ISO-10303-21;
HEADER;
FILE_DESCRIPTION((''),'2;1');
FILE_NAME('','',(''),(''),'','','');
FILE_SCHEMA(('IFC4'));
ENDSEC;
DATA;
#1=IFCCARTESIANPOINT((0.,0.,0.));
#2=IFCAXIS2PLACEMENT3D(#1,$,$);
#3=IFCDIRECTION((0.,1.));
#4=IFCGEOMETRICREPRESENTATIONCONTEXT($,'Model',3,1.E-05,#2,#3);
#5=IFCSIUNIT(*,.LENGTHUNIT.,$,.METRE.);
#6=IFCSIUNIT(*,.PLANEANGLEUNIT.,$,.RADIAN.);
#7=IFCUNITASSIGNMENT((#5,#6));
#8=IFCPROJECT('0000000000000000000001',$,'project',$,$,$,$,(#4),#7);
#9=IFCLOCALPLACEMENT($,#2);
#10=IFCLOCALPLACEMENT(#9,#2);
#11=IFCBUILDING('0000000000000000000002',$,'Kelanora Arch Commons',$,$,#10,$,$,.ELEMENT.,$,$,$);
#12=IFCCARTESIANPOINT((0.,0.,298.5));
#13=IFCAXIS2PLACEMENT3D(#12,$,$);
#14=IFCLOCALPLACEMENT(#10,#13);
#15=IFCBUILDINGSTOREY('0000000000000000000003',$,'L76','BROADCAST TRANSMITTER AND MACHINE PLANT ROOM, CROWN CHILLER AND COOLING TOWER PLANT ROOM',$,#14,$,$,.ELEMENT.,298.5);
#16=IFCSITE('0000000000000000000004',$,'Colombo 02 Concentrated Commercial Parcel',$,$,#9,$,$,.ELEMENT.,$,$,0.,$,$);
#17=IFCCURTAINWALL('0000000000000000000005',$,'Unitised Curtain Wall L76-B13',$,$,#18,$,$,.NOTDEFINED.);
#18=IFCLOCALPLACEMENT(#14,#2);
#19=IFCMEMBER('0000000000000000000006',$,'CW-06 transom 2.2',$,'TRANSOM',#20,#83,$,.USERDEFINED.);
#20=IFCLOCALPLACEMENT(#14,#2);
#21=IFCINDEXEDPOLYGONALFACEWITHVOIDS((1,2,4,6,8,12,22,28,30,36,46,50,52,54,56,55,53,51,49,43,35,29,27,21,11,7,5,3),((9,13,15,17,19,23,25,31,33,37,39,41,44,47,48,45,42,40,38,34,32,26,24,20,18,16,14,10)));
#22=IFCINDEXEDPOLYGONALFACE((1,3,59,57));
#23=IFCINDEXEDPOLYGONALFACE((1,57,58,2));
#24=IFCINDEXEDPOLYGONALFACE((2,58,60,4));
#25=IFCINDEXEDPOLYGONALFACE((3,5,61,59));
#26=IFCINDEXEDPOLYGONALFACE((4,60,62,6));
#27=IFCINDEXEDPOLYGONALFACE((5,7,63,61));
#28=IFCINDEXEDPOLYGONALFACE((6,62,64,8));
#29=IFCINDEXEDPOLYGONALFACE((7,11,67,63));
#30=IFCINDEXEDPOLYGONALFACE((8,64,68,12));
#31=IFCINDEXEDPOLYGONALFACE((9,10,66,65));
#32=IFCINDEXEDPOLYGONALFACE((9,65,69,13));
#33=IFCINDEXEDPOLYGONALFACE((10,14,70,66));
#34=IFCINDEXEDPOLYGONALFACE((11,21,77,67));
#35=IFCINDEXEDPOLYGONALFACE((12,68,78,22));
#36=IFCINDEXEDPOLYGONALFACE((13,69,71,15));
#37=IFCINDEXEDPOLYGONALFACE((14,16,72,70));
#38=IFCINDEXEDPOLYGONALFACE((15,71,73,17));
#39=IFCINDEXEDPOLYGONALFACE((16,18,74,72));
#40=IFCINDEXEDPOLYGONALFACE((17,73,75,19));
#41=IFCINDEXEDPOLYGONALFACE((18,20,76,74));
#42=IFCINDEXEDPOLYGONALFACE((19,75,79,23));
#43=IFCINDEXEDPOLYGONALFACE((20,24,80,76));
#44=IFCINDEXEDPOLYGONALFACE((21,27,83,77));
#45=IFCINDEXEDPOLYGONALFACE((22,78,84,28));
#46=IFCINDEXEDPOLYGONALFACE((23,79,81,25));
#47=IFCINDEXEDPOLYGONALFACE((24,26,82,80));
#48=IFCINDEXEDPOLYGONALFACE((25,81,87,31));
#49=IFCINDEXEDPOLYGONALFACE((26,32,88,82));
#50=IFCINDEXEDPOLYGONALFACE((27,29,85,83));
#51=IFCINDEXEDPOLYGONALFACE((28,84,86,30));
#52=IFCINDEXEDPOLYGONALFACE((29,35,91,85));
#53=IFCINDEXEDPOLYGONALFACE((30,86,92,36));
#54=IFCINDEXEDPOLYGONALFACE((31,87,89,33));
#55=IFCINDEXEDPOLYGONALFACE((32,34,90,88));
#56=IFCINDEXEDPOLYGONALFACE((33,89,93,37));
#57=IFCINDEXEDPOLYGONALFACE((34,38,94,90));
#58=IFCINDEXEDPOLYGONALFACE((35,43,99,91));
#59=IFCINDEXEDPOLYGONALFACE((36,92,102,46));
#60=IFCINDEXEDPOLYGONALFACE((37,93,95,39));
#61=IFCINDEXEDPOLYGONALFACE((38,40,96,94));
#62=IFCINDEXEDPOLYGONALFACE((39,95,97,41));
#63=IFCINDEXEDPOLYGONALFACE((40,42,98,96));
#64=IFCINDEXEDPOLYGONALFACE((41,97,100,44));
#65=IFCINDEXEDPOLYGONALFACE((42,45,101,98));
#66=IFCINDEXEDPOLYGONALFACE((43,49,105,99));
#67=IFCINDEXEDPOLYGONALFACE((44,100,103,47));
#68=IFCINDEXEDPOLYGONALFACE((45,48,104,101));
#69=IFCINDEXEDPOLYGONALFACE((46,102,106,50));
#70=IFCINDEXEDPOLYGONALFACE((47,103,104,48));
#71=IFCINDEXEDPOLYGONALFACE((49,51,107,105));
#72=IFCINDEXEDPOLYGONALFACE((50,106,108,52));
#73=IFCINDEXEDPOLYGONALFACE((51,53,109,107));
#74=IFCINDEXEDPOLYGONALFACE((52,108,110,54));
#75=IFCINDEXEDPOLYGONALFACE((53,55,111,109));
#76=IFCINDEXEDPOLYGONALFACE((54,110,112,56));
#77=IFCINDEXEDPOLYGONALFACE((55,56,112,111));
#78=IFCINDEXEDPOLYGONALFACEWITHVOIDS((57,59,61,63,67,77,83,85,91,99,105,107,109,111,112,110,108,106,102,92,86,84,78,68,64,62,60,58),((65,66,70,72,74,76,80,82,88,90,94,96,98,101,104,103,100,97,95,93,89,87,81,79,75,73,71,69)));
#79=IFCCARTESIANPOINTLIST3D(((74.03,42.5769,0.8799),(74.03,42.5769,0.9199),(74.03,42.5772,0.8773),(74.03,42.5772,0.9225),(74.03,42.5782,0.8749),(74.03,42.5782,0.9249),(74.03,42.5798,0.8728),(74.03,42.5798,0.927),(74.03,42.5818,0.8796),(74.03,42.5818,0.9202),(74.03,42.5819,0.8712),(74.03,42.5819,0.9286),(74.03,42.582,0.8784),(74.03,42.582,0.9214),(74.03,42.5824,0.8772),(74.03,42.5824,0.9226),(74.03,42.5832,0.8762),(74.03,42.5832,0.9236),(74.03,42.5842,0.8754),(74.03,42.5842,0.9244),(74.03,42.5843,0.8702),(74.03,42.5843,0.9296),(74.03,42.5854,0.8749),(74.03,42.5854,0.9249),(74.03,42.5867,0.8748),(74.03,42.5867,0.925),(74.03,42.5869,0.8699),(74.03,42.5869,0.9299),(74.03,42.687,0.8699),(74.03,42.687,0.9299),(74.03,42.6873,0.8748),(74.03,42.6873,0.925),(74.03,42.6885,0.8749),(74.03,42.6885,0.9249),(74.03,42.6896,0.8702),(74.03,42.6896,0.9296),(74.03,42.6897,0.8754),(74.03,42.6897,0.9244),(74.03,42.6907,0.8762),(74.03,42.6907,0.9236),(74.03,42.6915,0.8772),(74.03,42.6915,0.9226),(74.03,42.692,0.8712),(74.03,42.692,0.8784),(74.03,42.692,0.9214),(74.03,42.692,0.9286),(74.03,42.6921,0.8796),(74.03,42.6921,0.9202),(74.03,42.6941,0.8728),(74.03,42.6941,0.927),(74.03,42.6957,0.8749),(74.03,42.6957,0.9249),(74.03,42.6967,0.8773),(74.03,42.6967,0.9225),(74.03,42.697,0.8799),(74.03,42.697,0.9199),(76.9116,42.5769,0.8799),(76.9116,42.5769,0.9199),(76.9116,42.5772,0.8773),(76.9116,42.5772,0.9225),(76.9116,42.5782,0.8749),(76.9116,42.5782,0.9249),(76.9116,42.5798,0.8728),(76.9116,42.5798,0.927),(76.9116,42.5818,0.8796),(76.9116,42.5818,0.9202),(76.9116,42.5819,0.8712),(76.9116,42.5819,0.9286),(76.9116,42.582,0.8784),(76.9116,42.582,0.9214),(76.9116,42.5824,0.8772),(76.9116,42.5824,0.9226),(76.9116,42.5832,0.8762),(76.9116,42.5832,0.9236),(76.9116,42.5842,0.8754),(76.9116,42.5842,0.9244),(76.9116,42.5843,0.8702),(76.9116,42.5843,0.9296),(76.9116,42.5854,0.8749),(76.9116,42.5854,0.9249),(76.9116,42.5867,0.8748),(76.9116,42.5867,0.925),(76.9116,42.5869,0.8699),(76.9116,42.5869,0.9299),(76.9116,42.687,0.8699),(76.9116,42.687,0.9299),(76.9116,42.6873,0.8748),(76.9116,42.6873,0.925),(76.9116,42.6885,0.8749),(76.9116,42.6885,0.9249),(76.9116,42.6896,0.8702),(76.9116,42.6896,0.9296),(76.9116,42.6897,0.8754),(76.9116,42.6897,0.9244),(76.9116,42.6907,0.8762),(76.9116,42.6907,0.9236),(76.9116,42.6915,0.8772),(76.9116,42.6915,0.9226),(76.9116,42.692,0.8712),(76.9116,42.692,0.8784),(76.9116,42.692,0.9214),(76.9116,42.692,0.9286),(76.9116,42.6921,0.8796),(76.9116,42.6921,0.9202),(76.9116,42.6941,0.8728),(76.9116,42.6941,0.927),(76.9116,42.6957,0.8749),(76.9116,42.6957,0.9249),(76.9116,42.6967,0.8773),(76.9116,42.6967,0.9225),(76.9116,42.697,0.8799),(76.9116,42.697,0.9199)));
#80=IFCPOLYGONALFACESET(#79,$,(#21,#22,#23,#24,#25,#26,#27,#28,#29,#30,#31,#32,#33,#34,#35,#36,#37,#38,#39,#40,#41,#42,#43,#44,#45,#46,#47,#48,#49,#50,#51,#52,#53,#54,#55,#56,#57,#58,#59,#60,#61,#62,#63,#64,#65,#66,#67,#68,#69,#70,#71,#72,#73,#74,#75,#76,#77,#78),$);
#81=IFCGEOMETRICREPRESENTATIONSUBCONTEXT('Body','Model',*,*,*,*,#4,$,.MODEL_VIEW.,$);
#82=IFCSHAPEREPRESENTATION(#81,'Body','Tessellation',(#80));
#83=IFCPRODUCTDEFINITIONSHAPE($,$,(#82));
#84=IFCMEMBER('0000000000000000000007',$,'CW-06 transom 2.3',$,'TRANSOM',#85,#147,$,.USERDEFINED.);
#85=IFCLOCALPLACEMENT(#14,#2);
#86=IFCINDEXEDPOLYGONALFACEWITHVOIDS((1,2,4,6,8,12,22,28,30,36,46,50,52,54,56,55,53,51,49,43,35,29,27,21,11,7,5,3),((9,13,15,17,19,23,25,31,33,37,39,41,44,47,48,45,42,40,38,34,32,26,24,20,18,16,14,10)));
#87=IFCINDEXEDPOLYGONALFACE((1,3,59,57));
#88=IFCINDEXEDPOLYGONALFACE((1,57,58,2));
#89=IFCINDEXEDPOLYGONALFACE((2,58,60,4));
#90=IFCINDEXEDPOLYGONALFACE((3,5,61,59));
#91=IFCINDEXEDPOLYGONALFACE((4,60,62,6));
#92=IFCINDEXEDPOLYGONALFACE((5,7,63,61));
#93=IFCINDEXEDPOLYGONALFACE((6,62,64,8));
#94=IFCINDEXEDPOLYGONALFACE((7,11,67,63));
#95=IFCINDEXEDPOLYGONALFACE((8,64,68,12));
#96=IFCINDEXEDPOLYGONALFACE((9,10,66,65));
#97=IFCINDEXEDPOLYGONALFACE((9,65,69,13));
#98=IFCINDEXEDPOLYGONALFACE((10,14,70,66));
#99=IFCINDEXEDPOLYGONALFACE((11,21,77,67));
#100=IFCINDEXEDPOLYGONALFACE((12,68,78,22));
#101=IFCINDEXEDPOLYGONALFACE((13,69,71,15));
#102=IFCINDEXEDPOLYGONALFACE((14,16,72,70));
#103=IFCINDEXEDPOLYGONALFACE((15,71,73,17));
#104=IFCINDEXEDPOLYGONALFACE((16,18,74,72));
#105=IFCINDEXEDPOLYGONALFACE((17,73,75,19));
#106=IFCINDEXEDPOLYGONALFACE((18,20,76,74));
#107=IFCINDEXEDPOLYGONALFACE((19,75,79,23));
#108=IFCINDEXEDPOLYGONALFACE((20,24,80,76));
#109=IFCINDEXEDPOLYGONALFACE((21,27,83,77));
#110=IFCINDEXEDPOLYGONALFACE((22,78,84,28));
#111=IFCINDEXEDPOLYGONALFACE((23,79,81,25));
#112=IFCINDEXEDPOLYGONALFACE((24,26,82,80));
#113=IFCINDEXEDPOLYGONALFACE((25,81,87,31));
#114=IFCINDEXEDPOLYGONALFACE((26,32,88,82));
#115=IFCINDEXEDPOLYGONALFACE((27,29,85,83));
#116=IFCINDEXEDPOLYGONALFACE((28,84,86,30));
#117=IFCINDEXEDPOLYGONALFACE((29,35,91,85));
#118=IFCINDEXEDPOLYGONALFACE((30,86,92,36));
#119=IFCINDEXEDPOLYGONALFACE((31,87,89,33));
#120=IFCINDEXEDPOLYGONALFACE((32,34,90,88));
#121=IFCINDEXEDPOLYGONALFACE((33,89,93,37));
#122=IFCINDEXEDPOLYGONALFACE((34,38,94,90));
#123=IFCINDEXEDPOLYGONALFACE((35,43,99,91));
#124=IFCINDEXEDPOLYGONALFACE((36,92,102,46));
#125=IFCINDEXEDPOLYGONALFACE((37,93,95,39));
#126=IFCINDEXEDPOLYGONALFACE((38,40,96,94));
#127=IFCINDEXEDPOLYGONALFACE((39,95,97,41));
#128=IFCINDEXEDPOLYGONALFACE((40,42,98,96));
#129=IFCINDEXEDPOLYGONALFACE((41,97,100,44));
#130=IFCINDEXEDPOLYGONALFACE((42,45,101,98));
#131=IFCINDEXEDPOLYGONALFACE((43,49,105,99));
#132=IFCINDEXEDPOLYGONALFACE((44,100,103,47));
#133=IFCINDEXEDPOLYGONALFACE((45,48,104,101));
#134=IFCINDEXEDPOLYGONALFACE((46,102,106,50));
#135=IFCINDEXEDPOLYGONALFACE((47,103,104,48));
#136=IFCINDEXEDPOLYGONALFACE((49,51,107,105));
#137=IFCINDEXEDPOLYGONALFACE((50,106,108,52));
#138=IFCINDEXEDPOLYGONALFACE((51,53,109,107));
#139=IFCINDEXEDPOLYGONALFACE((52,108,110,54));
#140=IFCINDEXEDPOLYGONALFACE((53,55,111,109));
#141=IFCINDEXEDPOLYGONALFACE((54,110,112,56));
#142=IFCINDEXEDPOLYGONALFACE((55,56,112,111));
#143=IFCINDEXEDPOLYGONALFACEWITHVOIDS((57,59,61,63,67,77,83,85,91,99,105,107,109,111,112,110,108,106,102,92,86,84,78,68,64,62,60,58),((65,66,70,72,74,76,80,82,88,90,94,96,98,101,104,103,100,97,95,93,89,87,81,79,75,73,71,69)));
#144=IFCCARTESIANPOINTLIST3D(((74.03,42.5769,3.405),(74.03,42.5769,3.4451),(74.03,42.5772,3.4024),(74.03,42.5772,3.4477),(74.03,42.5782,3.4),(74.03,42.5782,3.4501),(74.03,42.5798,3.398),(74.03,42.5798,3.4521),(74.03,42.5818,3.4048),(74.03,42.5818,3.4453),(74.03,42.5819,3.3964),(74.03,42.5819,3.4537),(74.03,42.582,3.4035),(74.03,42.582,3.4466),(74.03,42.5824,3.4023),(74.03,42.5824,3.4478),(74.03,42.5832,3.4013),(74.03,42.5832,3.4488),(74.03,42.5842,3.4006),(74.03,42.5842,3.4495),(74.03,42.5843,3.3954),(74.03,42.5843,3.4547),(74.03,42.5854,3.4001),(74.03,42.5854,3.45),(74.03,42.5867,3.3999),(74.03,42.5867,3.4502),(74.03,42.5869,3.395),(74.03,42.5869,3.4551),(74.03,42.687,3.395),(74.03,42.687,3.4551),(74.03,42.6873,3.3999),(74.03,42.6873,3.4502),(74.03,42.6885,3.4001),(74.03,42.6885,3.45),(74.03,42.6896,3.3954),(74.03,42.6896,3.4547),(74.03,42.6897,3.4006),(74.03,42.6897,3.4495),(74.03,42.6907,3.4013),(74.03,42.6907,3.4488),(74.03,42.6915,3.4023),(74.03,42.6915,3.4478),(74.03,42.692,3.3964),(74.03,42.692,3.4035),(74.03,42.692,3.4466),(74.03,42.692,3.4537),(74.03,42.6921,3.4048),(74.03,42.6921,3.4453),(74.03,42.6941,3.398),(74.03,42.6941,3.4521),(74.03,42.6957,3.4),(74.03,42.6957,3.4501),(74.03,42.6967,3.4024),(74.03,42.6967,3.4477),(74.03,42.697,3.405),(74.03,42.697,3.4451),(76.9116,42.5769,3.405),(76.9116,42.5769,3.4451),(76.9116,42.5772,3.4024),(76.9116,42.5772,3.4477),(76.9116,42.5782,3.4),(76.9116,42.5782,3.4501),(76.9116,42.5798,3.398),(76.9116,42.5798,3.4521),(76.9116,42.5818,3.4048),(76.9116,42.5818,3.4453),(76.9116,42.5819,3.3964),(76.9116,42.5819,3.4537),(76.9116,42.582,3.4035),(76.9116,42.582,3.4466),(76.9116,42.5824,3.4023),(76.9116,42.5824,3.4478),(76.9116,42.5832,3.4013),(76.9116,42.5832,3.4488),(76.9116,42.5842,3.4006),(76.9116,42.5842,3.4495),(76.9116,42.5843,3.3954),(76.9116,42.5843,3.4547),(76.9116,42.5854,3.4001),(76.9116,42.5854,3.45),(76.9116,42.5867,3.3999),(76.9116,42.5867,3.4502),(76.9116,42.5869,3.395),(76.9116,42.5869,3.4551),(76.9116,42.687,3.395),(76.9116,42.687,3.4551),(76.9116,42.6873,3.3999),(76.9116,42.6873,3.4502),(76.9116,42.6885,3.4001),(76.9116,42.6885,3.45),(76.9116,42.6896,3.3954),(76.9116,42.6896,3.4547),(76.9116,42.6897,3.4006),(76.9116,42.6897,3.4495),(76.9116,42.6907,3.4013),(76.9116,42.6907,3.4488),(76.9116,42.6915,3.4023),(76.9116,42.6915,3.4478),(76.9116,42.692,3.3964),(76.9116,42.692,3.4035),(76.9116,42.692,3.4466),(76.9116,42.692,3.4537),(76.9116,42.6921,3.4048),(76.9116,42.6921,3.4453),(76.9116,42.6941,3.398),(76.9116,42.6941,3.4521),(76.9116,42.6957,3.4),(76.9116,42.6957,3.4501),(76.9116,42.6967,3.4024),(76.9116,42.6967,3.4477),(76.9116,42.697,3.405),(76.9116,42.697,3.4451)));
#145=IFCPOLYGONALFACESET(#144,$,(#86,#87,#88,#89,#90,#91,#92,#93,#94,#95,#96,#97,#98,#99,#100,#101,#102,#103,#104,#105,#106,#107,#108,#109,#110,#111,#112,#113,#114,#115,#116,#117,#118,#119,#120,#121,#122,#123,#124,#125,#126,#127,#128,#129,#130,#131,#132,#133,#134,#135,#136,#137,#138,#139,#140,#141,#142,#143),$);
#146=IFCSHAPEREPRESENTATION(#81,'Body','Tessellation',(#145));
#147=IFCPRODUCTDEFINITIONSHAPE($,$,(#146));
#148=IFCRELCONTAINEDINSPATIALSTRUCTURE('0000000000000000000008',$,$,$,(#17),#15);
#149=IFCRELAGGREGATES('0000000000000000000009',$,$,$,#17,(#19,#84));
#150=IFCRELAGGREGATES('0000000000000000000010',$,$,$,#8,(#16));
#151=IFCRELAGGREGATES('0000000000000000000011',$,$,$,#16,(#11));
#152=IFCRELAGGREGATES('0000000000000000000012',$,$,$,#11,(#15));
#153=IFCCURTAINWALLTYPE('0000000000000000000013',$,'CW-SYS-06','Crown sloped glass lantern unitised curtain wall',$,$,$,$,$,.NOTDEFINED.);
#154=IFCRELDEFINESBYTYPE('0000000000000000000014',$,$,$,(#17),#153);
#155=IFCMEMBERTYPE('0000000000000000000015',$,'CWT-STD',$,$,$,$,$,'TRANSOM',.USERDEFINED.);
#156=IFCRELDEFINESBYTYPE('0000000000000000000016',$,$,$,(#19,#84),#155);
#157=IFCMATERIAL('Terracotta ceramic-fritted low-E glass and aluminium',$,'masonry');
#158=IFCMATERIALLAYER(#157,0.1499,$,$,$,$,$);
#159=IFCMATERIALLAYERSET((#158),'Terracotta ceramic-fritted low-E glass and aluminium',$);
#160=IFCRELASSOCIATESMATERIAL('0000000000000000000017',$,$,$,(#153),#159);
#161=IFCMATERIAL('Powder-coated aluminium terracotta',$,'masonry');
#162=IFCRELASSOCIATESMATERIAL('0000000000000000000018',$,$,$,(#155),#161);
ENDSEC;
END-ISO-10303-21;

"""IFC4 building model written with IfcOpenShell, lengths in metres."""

from ifc_helpers import new_model, si_unit, direction, frame, origin, origin_2d, place, context, subcontext, project, spatial, hollow_rectangle, extrude, material, layer, layer_set, material_profile, profile_set, type_object, element, aggregate, save


model = new_model("IFC4")

# Units and contexts
model_context = context("Model", 3, precision=1e-05, world=origin(), true_north=direction((0.0, 1.0)))
body_context = subcontext(model_context, "Body", "Model", "MODEL_VIEW")
ifc_project = project(units=[si_unit("LENGTHUNIT", "METRE"), si_unit("PLANEANGLEUNIT", "RADIAN")], contexts=[model_context])

# Site, building, storey
site_placement = place(None, origin())
site = spatial("IfcSite", under=ifc_project, at=site_placement, Name="Colombo 02 Concentrated Commercial Parcel", CompositionType="ELEMENT", RefElevation=0.0)
building_placement = place(site_placement, origin())
building = spatial("IfcBuilding", under=site, at=building_placement, Name="Kelanora Arch Commons", CompositionType="ELEMENT")
storey_placement = place(building_placement, frame((0.0, 0.0, 298.5)))
storey = spatial("IfcBuildingStorey", under=building, at=storey_placement, Name="L76", Description="BROADCAST TRANSMITTER AND MACHINE PLANT ROOM, CROWN CHILLER AND COOLING TOWER PLANT ROOM", CompositionType="ELEMENT", Elevation=298.5)

# Curtain wall
ifc_material_1 = material(Name="Terracotta ceramic-fritted low-E glass and aluminium", Category="masonry")
ifc_layer_1 = layer(ifc_material_1, 0.1499)
ifc_layer_set_1 = layer_set([ifc_layer_1], Name="Terracotta ceramic-fritted low-E glass and aluminium")
curtain_wall_type = type_object("IfcCurtainWallType", Name="CW-SYS-06", Description="Crown sloped glass lantern unitised curtain wall", PredefinedType="NOTDEFINED", material=ifc_layer_set_1)
curtain_wall_1_placement = place(storey_placement, origin())
curtain_wall_1 = element("IfcCurtainWall", 1, at=curtain_wall_1_placement, inside=storey, type_object=curtain_wall_type, Name="Unitised Curtain Wall L76-B13", PredefinedType="NOTDEFINED")
ifc_material_2 = material(Name="Powder-coated aluminium terracotta", Category="masonry")

# Members
ifc_material_profile_1 = material_profile(ifc_material_2, hollow_rectangle(XDim=0.1201, YDim=0.0601, WallThickness=0.0049, InnerFilletRadius=0.0049, OuterFilletRadius=0.01, at=origin_2d()), Name="CWT120x60")
ifc_profile_set_1 = profile_set([ifc_material_profile_1], Name="Powder-coated aluminium terracotta")
member_type_1 = type_object("IfcMemberType", Name="CWT-STD", ElementType="TRANSOM", PredefinedType="USERDEFINED", material=ifc_profile_set_1)
member_1_placement = place(storey_placement, frame((74.03, 42.637, 0.8999), z_axis=(1.0, 0.0, 0.0), x_axis=(0.0, 1.0, 0.0)))
member_1 = element("IfcMember", 2, at=member_1_placement, type_object=member_type_1, Name="CW-06 transom 2.2", ObjectType="TRANSOM", PredefinedType="USERDEFINED", context=body_context, shape_type="SweptSolid", body=[
    extrude(hollow_rectangle(XDim=0.1201, YDim=0.0601, WallThickness=0.0049, InnerFilletRadius=0.0049, OuterFilletRadius=0.01, at=origin_2d()), origin(), (0.0, 0.0, 1.0), 2.8816),
])
member_2_placement = place(storey_placement, frame((74.03, 42.637, 3.425), z_axis=(1.0, 0.0, 0.0), x_axis=(0.0, 1.0, 0.0)))
member_2 = element("IfcMember", 3, at=member_2_placement, type_object=member_type_1, Name="CW-06 transom 2.3", ObjectType="TRANSOM", PredefinedType="USERDEFINED", context=body_context, shape_type="SweptSolid", body=[
    extrude(hollow_rectangle(XDim=0.1201, YDim=0.0601, WallThickness=0.0049, InnerFilletRadius=0.0049, OuterFilletRadius=0.01, at=origin_2d()), origin(), (0.0, 0.0, 1.0), 2.8816),
])

aggregate(curtain_wall_1, [member_1, member_2])

save(model, "model.ifc")
